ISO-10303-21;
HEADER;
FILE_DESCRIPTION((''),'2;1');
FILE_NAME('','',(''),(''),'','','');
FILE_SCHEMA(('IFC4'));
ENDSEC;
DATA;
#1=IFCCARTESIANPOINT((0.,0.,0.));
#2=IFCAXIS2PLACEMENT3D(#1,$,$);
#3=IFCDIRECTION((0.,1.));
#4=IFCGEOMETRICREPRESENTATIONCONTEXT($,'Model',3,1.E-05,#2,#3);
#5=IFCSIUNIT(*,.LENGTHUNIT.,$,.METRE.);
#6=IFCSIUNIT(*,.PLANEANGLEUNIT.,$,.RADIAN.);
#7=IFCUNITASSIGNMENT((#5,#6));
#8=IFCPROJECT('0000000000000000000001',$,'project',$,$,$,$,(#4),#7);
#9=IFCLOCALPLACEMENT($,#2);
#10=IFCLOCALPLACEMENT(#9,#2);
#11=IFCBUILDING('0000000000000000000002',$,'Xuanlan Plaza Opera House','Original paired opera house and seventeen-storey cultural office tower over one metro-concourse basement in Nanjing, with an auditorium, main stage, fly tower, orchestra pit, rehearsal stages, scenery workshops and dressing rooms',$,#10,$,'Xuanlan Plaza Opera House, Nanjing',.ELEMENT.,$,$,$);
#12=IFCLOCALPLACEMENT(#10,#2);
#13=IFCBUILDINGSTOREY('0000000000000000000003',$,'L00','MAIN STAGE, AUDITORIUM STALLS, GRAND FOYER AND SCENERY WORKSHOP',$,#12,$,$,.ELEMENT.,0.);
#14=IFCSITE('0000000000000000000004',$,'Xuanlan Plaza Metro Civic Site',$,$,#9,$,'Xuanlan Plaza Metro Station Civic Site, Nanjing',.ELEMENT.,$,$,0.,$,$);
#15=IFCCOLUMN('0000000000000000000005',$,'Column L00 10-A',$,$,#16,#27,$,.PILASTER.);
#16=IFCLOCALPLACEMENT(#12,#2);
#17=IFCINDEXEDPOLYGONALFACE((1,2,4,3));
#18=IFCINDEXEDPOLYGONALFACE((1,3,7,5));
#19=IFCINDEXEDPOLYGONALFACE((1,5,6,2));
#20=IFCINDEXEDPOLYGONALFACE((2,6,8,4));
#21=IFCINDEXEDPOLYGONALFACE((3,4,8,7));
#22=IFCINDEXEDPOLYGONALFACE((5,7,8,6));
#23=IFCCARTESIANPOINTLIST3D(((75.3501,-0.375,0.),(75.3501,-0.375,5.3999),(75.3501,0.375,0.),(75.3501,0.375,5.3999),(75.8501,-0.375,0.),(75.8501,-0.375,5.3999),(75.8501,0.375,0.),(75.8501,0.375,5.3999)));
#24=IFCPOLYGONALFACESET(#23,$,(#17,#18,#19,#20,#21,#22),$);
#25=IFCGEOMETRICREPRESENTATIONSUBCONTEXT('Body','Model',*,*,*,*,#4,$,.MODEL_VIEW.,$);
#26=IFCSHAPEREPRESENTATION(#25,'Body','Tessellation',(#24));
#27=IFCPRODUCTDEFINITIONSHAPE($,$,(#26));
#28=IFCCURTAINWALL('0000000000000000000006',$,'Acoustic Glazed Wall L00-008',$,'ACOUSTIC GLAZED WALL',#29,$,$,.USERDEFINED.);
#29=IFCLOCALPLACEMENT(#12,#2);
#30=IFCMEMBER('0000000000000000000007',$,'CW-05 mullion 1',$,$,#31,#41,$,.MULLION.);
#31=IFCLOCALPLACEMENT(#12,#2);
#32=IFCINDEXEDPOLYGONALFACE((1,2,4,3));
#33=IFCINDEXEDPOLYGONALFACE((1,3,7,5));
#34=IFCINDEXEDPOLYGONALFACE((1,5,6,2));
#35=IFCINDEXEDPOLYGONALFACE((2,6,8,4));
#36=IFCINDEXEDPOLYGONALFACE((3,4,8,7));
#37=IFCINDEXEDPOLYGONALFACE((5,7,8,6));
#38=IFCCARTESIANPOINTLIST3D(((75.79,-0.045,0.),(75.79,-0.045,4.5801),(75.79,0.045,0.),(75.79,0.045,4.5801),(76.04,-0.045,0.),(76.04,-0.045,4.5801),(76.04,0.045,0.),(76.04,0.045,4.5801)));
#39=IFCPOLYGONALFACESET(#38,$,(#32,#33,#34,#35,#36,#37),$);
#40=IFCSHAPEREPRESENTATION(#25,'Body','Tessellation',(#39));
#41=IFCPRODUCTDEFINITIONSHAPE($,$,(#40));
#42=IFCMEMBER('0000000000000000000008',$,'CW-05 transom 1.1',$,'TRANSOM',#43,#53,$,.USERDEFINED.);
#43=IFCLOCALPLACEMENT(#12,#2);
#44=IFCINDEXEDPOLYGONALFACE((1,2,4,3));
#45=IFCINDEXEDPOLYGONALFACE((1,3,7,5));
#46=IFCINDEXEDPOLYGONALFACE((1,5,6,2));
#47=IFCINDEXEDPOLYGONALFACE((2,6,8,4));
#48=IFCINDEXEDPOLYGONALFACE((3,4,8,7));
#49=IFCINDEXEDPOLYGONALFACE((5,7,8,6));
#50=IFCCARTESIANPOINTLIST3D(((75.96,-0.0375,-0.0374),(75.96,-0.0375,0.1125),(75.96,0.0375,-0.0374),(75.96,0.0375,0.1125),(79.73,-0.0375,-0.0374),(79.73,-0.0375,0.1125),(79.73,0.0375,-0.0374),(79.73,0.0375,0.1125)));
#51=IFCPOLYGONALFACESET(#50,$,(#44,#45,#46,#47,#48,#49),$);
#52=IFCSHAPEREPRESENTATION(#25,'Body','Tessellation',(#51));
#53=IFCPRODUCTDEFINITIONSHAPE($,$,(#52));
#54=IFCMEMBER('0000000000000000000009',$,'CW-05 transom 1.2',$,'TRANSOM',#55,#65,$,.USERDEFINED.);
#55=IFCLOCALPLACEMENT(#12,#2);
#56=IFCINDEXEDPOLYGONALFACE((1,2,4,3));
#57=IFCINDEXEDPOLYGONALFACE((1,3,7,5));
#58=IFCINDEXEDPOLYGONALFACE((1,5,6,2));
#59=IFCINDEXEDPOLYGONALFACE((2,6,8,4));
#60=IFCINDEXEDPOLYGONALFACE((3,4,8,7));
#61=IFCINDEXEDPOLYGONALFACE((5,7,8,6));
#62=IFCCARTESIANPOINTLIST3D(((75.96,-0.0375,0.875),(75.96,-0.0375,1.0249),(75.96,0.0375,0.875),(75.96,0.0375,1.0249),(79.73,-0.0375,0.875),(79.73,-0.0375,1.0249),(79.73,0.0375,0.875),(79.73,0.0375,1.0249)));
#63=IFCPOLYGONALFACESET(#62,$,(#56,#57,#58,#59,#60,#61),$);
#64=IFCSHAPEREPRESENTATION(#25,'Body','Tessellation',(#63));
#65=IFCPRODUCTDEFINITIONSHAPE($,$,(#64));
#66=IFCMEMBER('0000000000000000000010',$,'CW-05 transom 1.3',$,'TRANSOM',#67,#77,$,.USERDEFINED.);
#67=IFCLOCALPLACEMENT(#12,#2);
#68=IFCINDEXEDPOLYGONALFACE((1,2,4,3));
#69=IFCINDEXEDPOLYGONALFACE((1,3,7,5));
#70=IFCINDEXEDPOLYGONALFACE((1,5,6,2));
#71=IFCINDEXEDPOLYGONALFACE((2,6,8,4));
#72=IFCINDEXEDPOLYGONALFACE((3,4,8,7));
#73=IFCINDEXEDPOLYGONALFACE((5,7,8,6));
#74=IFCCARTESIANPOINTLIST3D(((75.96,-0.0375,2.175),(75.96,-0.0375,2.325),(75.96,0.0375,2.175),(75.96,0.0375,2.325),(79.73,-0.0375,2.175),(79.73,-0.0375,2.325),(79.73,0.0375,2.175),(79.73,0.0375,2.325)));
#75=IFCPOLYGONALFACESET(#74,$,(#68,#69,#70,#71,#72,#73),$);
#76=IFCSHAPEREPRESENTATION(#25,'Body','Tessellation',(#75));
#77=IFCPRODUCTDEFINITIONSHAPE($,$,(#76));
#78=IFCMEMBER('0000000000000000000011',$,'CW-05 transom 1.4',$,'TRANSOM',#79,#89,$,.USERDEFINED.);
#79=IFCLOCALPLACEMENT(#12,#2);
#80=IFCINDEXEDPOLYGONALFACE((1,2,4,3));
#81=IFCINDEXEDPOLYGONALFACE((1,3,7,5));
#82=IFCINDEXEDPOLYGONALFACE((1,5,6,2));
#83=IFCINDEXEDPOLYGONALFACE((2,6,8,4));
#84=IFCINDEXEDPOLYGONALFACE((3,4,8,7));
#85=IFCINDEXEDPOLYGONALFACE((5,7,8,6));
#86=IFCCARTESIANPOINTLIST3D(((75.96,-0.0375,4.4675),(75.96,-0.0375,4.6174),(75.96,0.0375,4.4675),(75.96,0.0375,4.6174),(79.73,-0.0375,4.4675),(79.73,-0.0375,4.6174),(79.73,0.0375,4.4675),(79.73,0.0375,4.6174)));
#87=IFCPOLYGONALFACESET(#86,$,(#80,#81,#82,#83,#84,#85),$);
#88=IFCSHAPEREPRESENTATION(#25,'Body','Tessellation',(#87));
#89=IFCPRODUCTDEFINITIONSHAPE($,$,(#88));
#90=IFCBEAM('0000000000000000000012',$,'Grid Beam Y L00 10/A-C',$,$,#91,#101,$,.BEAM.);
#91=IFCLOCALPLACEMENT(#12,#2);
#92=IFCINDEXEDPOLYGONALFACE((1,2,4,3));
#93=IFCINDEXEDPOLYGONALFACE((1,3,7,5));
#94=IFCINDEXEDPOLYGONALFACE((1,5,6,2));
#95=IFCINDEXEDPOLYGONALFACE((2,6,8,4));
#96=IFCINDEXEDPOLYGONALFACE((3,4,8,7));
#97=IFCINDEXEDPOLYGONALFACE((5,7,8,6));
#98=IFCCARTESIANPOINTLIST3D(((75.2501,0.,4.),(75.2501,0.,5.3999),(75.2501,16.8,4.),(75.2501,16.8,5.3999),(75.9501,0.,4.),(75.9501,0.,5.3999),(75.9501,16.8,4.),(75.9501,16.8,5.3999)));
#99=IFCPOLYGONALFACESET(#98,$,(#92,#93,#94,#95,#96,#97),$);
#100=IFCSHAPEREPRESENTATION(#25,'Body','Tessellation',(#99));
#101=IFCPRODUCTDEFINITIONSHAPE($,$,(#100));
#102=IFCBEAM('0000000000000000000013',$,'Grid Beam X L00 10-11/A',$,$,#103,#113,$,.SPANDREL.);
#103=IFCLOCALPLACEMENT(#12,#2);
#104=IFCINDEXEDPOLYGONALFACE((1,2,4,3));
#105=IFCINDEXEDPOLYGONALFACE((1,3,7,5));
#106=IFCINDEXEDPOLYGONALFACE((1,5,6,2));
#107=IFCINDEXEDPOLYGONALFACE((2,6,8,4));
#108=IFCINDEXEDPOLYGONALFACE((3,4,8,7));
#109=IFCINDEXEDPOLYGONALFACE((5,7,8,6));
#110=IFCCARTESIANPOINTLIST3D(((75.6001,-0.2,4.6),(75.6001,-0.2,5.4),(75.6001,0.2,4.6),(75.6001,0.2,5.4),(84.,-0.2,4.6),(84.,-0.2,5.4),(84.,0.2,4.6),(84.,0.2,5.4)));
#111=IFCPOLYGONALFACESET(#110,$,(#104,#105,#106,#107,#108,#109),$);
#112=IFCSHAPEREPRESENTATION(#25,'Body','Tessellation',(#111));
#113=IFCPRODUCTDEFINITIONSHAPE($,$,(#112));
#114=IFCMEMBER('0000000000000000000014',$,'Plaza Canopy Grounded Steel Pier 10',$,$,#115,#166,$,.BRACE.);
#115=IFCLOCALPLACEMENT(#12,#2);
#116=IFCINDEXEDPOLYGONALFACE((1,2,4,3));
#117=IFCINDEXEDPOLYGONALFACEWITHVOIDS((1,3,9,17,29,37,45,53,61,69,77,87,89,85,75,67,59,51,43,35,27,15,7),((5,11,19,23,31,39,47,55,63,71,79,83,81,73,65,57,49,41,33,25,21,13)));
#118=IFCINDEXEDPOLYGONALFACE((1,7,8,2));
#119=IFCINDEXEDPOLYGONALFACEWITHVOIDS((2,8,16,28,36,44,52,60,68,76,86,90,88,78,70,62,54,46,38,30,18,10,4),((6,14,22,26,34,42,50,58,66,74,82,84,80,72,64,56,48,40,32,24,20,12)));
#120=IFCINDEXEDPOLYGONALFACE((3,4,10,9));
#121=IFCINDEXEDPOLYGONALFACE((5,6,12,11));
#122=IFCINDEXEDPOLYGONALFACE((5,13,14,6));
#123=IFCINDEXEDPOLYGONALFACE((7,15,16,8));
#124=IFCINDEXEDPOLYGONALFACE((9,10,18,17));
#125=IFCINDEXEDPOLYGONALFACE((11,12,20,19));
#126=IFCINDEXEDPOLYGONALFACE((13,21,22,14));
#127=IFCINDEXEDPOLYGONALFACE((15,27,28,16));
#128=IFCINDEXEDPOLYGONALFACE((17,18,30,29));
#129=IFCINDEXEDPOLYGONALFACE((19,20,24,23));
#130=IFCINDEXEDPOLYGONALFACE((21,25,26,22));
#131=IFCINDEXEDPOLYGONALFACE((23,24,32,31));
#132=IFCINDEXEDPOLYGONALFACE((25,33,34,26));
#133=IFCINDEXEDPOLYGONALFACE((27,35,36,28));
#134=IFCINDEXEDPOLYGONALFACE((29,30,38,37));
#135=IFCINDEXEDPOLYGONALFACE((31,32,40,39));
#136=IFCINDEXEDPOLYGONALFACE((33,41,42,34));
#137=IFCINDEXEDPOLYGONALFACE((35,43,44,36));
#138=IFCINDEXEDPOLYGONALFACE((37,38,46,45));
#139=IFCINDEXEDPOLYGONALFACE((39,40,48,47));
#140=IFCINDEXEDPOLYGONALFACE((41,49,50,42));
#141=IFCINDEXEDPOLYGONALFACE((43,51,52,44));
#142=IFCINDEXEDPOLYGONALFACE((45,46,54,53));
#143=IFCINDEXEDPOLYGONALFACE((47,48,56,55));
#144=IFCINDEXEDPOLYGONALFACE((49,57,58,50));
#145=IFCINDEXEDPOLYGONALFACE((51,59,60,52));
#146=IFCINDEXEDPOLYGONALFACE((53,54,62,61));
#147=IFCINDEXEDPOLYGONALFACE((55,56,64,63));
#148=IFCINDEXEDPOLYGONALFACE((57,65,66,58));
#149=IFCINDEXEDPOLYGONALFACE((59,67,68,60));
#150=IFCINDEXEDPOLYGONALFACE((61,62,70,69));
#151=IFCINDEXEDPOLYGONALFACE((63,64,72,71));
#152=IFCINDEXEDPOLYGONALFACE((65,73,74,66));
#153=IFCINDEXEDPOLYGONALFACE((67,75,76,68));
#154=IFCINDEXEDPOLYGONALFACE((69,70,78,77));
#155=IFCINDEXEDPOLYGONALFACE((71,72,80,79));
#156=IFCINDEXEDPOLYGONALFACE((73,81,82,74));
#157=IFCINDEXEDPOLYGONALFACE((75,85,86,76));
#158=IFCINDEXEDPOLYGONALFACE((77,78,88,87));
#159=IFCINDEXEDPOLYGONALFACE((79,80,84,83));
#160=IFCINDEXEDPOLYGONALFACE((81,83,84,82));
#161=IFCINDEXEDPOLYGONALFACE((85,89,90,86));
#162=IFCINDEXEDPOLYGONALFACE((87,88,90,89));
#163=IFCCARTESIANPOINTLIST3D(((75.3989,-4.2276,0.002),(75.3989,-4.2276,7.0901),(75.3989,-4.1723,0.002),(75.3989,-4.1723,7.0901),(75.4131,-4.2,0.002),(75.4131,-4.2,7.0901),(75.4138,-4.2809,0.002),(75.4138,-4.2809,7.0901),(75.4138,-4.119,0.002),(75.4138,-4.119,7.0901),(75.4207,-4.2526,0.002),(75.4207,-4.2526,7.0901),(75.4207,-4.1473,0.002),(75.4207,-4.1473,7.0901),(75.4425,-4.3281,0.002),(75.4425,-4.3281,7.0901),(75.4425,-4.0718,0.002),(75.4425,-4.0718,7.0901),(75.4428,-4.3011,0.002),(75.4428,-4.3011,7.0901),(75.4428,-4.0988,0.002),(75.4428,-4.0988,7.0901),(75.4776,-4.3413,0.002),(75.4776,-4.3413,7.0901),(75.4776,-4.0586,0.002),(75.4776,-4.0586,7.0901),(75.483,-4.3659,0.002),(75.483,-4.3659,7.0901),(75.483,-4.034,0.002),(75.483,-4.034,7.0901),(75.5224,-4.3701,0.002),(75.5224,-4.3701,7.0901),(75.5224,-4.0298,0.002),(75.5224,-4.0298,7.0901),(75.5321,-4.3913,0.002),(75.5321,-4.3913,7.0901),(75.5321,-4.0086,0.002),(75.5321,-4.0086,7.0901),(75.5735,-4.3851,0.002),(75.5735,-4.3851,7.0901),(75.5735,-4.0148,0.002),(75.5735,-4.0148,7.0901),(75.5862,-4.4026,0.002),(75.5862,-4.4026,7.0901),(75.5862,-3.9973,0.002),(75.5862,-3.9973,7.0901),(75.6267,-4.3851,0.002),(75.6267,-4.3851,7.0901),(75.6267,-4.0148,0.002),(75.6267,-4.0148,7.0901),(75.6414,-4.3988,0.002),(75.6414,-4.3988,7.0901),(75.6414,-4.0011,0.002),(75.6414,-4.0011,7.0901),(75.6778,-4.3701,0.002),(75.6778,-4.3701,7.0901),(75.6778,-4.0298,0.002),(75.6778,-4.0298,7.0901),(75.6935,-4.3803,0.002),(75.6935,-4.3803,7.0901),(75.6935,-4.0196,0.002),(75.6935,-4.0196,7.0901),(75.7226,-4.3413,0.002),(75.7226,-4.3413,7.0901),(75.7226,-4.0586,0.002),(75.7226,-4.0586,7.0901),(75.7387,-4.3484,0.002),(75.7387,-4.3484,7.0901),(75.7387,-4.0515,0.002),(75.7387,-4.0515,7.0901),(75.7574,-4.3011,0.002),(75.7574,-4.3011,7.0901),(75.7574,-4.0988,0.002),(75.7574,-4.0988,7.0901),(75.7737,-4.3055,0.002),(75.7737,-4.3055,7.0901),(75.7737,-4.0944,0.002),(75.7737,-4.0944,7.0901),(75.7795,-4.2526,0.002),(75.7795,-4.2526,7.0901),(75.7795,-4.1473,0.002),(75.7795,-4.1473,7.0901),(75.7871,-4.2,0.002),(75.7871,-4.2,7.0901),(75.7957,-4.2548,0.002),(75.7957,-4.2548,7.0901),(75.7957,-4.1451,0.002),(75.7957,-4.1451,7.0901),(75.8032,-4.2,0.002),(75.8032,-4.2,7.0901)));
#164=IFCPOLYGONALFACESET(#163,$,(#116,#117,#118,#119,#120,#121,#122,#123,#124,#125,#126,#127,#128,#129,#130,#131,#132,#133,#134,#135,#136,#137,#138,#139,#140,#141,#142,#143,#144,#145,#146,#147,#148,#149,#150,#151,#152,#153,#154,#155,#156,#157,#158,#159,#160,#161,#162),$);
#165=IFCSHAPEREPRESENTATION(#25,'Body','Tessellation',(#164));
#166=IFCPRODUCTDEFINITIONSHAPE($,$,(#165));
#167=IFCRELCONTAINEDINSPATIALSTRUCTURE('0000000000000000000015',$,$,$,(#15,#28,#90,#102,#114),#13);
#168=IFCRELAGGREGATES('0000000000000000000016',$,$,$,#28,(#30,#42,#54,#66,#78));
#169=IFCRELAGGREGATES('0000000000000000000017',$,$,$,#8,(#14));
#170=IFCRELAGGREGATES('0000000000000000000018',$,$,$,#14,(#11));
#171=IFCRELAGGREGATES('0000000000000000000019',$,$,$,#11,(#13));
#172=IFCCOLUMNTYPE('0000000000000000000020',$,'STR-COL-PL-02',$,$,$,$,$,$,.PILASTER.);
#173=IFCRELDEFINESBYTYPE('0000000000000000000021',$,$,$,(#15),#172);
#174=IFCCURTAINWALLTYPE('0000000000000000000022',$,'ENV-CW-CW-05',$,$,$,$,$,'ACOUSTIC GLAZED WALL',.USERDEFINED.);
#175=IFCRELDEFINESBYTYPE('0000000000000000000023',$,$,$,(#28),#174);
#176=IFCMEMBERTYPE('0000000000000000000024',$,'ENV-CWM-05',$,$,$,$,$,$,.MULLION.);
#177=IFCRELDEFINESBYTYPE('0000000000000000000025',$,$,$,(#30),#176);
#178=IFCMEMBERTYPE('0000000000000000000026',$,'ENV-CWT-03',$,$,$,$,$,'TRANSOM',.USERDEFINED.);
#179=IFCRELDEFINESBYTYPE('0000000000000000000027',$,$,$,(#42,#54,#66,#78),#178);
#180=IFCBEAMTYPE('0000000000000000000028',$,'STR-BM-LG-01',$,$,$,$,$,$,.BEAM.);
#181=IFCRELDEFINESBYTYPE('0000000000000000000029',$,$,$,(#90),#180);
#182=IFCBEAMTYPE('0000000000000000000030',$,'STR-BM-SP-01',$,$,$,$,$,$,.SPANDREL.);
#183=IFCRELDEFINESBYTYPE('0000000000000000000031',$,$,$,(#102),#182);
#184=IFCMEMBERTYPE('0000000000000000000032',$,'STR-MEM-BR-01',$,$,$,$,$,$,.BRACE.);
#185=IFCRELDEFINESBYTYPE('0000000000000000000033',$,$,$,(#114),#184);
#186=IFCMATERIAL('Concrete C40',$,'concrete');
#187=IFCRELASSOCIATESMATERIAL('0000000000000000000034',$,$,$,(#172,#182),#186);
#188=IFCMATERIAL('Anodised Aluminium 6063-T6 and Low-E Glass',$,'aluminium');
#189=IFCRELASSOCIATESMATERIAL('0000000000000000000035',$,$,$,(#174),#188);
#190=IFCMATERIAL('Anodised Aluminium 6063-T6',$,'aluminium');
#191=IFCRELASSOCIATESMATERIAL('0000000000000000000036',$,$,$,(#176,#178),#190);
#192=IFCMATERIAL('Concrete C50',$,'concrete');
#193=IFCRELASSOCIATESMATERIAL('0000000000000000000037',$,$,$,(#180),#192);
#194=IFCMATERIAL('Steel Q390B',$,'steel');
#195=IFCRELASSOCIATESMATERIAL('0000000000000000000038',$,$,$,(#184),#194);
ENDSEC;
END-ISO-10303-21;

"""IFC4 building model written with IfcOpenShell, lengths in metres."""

from ifc_helpers import new_model, si_unit, direction, frame, origin, origin_2d, place, context, subcontext, project, spatial, rectangle, hollow_circle, extrude, material, material_profile, profile_set, type_object, element, aggregate, save


model = new_model("IFC4")

# Units and contexts
model_context = context("Model", 3, precision=1e-05, world=origin(), true_north=direction((0.0, 1.0)))
body_context = subcontext(model_context, "Body", "Model", "MODEL_VIEW")
ifc_project = project(units=[si_unit("LENGTHUNIT", "METRE"), si_unit("PLANEANGLEUNIT", "RADIAN")], contexts=[model_context])

# Site, building, storey
site_placement = place(None, origin())
site = spatial("IfcSite", under=ifc_project, at=site_placement, Name="Xuanlan Plaza Metro Civic Site", LongName="Xuanlan Plaza Metro Station Civic Site, Nanjing", CompositionType="ELEMENT", RefElevation=0.0)
building_placement = place(site_placement, origin())
building = spatial("IfcBuilding", under=site, at=building_placement, Name="Xuanlan Plaza Opera House", Description="Original paired opera house and seventeen-storey cultural office tower over one metro-concourse basement in Nanjing, with an auditorium, main stage, fly tower, orchestra pit, rehearsal stages, scenery workshops and dressing rooms", LongName="Xuanlan Plaza Opera House, Nanjing", CompositionType="ELEMENT")
storey_placement = place(building_placement, origin())
storey = spatial("IfcBuildingStorey", under=building, at=storey_placement, Name="L00", Description="MAIN STAGE, AUDITORIUM STALLS, GRAND FOYER AND SCENERY WORKSHOP", CompositionType="ELEMENT", Elevation=0.0)

# Column
ifc_material_1 = material(Name="Concrete C40", Category="concrete")
ifc_material_profile_1 = material_profile(ifc_material_1, rectangle(XDim=0.5, YDim=0.75, at=origin_2d()), Name="RC-PIL 500x750")
ifc_profile_set_1 = profile_set([ifc_material_profile_1], Name="Concrete C40")
column_type = type_object("IfcColumnType", Name="STR-COL-PL-02", PredefinedType="PILASTER", material=ifc_profile_set_1)
column_placement = place(storey_placement, frame((75.6001, 0.0, 0.0), z_axis=(0.0, 0.0, 1.0), x_axis=(1.0, 0.0, 0.0)))
element("IfcColumn", 1, at=column_placement, inside=storey, type_object=column_type, Name="Column L00 10-A", PredefinedType="PILASTER", context=body_context, shape_type="SweptSolid", body=[
    extrude(rectangle(XDim=0.5, YDim=0.75, at=origin_2d()), origin(), (0.0, 0.0, 1.0), 5.3999),
])

# Curtain wall, members
ifc_material_2 = material(Name="Anodised Aluminium 6063-T6 and Low-E Glass", Category="aluminium")
curtain_wall_type = type_object("IfcCurtainWallType", Name="ENV-CW-CW-05", ElementType="ACOUSTIC GLAZED WALL", PredefinedType="USERDEFINED", material=ifc_material_2)
curtain_wall_placement = place(storey_placement, origin())
curtain_wall = element("IfcCurtainWall", 2, at=curtain_wall_placement, inside=storey, type_object=curtain_wall_type, Name="Acoustic Glazed Wall L00-008", ObjectType="ACOUSTIC GLAZED WALL", PredefinedType="USERDEFINED")
ifc_material_3 = material(Name="Anodised Aluminium 6063-T6", Category="aluminium")
ifc_material_profile_2 = material_profile(ifc_material_3, rectangle(XDim=0.0901, YDim=0.25, at=origin_2d()), Name="ALU-M 90x250")
ifc_profile_set_2 = profile_set([ifc_material_profile_2], Name="Anodised Aluminium 6063-T6")
member_type_1 = type_object("IfcMemberType", Name="ENV-CWM-05", PredefinedType="MULLION", material=ifc_profile_set_2)
member_1_placement = place(storey_placement, frame((75.915, 0.0, 0.0), z_axis=(0.0, 0.0, 1.0), x_axis=(0.0, 1.0, 0.0)))
member_1 = element("IfcMember", 3, at=member_1_placement, type_object=member_type_1, Name="CW-05 mullion 1", PredefinedType="MULLION", context=body_context, shape_type="SweptSolid", body=[
    extrude(rectangle(XDim=0.0901, YDim=0.25, at=origin_2d()), origin(), (0.0, 0.0, 1.0), 4.5801),
])
ifc_material_profile_3 = material_profile(ifc_material_3, rectangle(XDim=0.075, YDim=0.1499, at=origin_2d()), Name="ALU-T 75x150")
ifc_profile_set_3 = profile_set([ifc_material_profile_3], Name="Anodised Aluminium 6063-T6")
member_type_2 = type_object("IfcMemberType", Name="ENV-CWT-03", ElementType="TRANSOM", PredefinedType="USERDEFINED", material=ifc_profile_set_3)
member_2_placement = place(storey_placement, frame((75.96, 0.0, 0.0376), z_axis=(1.0, 0.0, 0.0), x_axis=(0.0, 1.0, 0.0)))
member_2 = element("IfcMember", 4, at=member_2_placement, type_object=member_type_2, Name="CW-05 transom 1.1", ObjectType="TRANSOM", PredefinedType="USERDEFINED", context=body_context, shape_type="SweptSolid", body=[
    extrude(rectangle(XDim=0.075, YDim=0.1499, at=origin_2d()), origin(), (0.0, 0.0, 1.0), 3.77),
])
member_3_placement = place(storey_placement, frame((75.96, 0.0, 0.95), z_axis=(1.0, 0.0, 0.0), x_axis=(0.0, 1.0, 0.0)))
member_3 = element("IfcMember", 5, at=member_3_placement, type_object=member_type_2, Name="CW-05 transom 1.2", ObjectType="TRANSOM", PredefinedType="USERDEFINED", context=body_context, shape_type="SweptSolid", body=[
    extrude(rectangle(XDim=0.075, YDim=0.1499, at=origin_2d()), origin(), (0.0, 0.0, 1.0), 3.77),
])
member_4_placement = place(storey_placement, frame((75.96, 0.0, 2.25), z_axis=(1.0, 0.0, 0.0), x_axis=(0.0, 1.0, 0.0)))
member_4 = element("IfcMember", 6, at=member_4_placement, type_object=member_type_2, Name="CW-05 transom 1.3", ObjectType="TRANSOM", PredefinedType="USERDEFINED", context=body_context, shape_type="SweptSolid", body=[
    extrude(rectangle(XDim=0.075, YDim=0.1499, at=origin_2d()), origin(), (0.0, 0.0, 1.0), 3.77),
])
member_5_placement = place(storey_placement, frame((75.96, 0.0, 4.5425), z_axis=(1.0, 0.0, 0.0), x_axis=(0.0, 1.0, 0.0)))
member_5 = element("IfcMember", 7, at=member_5_placement, type_object=member_type_2, Name="CW-05 transom 1.4", ObjectType="TRANSOM", PredefinedType="USERDEFINED", context=body_context, shape_type="SweptSolid", body=[
    extrude(rectangle(XDim=0.075, YDim=0.1499, at=origin_2d()), origin(), (0.0, 0.0, 1.0), 3.77),
])

# Beams
ifc_material_4 = material(Name="Concrete C50", Category="concrete")
ifc_material_profile_4 = material_profile(ifc_material_4, rectangle(XDim=0.7, YDim=1.3999, at=origin_2d()), Name="RC-LG 700x1400")
ifc_profile_set_4 = profile_set([ifc_material_profile_4], Name="Concrete C50")
beam_type_1 = type_object("IfcBeamType", Name="STR-BM-LG-01", PredefinedType="BEAM", material=ifc_profile_set_4)
beam_1_placement = place(storey_placement, frame((75.6001, 0.0, 4.7), z_axis=(0.0, 1.0, 0.0), x_axis=(-1.0, 0.0, 0.0)))
element("IfcBeam", 8, at=beam_1_placement, inside=storey, type_object=beam_type_1, Name="Grid Beam Y L00 10/A-C", PredefinedType="BEAM", context=body_context, shape_type="SweptSolid", body=[
    extrude(rectangle(XDim=0.7, YDim=1.3999, at=origin_2d()), origin(), (0.0, 0.0, 1.0), 16.8),
])
ifc_material_profile_5 = material_profile(ifc_material_1, rectangle(XDim=0.3999, YDim=0.8, at=origin_2d()), Name="RC-SPD 400x800")
ifc_profile_set_5 = profile_set([ifc_material_profile_5], Name="Concrete C40")
beam_type_2 = type_object("IfcBeamType", Name="STR-BM-SP-01", PredefinedType="SPANDREL", material=ifc_profile_set_5)
beam_2_placement = place(storey_placement, frame((75.6001, 0.0, 5.0), z_axis=(1.0, 0.0, 0.0), x_axis=(0.0, 1.0, 0.0)))
element("IfcBeam", 9, at=beam_2_placement, inside=storey, type_object=beam_type_2, Name="Grid Beam X L00 10-11/A", PredefinedType="SPANDREL", context=body_context, shape_type="SweptSolid", body=[
    extrude(rectangle(XDim=0.3999, YDim=0.8, at=origin_2d()), origin(), (0.0, 0.0, 1.0), 8.3999),
])

# Member
ifc_material_5 = material(Name="Steel Q390B", Category="steel")
ifc_material_profile_6 = material_profile(ifc_material_5, hollow_circle(Radius=0.2031, WallThickness=0.0161, at=origin_2d()), Name="CHS 406.4x16")
ifc_profile_set_6 = profile_set([ifc_material_profile_6], Name="Steel Q390B")
member_type_3 = type_object("IfcMemberType", Name="STR-MEM-BR-01", PredefinedType="BRACE", material=ifc_profile_set_6)
member_6_placement = place(storey_placement, frame((75.6001, -4.2, 0.002), z_axis=(0.0, 0.0, 1.0), x_axis=(1.0, 0.0, 0.0)))
element("IfcMember", 10, at=member_6_placement, inside=storey, type_object=member_type_3, Name="Plaza Canopy Grounded Steel Pier 10", PredefinedType="BRACE", context=body_context, shape_type="SweptSolid", body=[
    extrude(hollow_circle(Radius=0.2031, WallThickness=0.0161, at=origin_2d()), origin(), (0.0, 0.0, 1.0), 7.0881),
])

aggregate(curtain_wall, [member_1, member_2, member_3, member_4, member_5])

save(model, "model.ifc")
